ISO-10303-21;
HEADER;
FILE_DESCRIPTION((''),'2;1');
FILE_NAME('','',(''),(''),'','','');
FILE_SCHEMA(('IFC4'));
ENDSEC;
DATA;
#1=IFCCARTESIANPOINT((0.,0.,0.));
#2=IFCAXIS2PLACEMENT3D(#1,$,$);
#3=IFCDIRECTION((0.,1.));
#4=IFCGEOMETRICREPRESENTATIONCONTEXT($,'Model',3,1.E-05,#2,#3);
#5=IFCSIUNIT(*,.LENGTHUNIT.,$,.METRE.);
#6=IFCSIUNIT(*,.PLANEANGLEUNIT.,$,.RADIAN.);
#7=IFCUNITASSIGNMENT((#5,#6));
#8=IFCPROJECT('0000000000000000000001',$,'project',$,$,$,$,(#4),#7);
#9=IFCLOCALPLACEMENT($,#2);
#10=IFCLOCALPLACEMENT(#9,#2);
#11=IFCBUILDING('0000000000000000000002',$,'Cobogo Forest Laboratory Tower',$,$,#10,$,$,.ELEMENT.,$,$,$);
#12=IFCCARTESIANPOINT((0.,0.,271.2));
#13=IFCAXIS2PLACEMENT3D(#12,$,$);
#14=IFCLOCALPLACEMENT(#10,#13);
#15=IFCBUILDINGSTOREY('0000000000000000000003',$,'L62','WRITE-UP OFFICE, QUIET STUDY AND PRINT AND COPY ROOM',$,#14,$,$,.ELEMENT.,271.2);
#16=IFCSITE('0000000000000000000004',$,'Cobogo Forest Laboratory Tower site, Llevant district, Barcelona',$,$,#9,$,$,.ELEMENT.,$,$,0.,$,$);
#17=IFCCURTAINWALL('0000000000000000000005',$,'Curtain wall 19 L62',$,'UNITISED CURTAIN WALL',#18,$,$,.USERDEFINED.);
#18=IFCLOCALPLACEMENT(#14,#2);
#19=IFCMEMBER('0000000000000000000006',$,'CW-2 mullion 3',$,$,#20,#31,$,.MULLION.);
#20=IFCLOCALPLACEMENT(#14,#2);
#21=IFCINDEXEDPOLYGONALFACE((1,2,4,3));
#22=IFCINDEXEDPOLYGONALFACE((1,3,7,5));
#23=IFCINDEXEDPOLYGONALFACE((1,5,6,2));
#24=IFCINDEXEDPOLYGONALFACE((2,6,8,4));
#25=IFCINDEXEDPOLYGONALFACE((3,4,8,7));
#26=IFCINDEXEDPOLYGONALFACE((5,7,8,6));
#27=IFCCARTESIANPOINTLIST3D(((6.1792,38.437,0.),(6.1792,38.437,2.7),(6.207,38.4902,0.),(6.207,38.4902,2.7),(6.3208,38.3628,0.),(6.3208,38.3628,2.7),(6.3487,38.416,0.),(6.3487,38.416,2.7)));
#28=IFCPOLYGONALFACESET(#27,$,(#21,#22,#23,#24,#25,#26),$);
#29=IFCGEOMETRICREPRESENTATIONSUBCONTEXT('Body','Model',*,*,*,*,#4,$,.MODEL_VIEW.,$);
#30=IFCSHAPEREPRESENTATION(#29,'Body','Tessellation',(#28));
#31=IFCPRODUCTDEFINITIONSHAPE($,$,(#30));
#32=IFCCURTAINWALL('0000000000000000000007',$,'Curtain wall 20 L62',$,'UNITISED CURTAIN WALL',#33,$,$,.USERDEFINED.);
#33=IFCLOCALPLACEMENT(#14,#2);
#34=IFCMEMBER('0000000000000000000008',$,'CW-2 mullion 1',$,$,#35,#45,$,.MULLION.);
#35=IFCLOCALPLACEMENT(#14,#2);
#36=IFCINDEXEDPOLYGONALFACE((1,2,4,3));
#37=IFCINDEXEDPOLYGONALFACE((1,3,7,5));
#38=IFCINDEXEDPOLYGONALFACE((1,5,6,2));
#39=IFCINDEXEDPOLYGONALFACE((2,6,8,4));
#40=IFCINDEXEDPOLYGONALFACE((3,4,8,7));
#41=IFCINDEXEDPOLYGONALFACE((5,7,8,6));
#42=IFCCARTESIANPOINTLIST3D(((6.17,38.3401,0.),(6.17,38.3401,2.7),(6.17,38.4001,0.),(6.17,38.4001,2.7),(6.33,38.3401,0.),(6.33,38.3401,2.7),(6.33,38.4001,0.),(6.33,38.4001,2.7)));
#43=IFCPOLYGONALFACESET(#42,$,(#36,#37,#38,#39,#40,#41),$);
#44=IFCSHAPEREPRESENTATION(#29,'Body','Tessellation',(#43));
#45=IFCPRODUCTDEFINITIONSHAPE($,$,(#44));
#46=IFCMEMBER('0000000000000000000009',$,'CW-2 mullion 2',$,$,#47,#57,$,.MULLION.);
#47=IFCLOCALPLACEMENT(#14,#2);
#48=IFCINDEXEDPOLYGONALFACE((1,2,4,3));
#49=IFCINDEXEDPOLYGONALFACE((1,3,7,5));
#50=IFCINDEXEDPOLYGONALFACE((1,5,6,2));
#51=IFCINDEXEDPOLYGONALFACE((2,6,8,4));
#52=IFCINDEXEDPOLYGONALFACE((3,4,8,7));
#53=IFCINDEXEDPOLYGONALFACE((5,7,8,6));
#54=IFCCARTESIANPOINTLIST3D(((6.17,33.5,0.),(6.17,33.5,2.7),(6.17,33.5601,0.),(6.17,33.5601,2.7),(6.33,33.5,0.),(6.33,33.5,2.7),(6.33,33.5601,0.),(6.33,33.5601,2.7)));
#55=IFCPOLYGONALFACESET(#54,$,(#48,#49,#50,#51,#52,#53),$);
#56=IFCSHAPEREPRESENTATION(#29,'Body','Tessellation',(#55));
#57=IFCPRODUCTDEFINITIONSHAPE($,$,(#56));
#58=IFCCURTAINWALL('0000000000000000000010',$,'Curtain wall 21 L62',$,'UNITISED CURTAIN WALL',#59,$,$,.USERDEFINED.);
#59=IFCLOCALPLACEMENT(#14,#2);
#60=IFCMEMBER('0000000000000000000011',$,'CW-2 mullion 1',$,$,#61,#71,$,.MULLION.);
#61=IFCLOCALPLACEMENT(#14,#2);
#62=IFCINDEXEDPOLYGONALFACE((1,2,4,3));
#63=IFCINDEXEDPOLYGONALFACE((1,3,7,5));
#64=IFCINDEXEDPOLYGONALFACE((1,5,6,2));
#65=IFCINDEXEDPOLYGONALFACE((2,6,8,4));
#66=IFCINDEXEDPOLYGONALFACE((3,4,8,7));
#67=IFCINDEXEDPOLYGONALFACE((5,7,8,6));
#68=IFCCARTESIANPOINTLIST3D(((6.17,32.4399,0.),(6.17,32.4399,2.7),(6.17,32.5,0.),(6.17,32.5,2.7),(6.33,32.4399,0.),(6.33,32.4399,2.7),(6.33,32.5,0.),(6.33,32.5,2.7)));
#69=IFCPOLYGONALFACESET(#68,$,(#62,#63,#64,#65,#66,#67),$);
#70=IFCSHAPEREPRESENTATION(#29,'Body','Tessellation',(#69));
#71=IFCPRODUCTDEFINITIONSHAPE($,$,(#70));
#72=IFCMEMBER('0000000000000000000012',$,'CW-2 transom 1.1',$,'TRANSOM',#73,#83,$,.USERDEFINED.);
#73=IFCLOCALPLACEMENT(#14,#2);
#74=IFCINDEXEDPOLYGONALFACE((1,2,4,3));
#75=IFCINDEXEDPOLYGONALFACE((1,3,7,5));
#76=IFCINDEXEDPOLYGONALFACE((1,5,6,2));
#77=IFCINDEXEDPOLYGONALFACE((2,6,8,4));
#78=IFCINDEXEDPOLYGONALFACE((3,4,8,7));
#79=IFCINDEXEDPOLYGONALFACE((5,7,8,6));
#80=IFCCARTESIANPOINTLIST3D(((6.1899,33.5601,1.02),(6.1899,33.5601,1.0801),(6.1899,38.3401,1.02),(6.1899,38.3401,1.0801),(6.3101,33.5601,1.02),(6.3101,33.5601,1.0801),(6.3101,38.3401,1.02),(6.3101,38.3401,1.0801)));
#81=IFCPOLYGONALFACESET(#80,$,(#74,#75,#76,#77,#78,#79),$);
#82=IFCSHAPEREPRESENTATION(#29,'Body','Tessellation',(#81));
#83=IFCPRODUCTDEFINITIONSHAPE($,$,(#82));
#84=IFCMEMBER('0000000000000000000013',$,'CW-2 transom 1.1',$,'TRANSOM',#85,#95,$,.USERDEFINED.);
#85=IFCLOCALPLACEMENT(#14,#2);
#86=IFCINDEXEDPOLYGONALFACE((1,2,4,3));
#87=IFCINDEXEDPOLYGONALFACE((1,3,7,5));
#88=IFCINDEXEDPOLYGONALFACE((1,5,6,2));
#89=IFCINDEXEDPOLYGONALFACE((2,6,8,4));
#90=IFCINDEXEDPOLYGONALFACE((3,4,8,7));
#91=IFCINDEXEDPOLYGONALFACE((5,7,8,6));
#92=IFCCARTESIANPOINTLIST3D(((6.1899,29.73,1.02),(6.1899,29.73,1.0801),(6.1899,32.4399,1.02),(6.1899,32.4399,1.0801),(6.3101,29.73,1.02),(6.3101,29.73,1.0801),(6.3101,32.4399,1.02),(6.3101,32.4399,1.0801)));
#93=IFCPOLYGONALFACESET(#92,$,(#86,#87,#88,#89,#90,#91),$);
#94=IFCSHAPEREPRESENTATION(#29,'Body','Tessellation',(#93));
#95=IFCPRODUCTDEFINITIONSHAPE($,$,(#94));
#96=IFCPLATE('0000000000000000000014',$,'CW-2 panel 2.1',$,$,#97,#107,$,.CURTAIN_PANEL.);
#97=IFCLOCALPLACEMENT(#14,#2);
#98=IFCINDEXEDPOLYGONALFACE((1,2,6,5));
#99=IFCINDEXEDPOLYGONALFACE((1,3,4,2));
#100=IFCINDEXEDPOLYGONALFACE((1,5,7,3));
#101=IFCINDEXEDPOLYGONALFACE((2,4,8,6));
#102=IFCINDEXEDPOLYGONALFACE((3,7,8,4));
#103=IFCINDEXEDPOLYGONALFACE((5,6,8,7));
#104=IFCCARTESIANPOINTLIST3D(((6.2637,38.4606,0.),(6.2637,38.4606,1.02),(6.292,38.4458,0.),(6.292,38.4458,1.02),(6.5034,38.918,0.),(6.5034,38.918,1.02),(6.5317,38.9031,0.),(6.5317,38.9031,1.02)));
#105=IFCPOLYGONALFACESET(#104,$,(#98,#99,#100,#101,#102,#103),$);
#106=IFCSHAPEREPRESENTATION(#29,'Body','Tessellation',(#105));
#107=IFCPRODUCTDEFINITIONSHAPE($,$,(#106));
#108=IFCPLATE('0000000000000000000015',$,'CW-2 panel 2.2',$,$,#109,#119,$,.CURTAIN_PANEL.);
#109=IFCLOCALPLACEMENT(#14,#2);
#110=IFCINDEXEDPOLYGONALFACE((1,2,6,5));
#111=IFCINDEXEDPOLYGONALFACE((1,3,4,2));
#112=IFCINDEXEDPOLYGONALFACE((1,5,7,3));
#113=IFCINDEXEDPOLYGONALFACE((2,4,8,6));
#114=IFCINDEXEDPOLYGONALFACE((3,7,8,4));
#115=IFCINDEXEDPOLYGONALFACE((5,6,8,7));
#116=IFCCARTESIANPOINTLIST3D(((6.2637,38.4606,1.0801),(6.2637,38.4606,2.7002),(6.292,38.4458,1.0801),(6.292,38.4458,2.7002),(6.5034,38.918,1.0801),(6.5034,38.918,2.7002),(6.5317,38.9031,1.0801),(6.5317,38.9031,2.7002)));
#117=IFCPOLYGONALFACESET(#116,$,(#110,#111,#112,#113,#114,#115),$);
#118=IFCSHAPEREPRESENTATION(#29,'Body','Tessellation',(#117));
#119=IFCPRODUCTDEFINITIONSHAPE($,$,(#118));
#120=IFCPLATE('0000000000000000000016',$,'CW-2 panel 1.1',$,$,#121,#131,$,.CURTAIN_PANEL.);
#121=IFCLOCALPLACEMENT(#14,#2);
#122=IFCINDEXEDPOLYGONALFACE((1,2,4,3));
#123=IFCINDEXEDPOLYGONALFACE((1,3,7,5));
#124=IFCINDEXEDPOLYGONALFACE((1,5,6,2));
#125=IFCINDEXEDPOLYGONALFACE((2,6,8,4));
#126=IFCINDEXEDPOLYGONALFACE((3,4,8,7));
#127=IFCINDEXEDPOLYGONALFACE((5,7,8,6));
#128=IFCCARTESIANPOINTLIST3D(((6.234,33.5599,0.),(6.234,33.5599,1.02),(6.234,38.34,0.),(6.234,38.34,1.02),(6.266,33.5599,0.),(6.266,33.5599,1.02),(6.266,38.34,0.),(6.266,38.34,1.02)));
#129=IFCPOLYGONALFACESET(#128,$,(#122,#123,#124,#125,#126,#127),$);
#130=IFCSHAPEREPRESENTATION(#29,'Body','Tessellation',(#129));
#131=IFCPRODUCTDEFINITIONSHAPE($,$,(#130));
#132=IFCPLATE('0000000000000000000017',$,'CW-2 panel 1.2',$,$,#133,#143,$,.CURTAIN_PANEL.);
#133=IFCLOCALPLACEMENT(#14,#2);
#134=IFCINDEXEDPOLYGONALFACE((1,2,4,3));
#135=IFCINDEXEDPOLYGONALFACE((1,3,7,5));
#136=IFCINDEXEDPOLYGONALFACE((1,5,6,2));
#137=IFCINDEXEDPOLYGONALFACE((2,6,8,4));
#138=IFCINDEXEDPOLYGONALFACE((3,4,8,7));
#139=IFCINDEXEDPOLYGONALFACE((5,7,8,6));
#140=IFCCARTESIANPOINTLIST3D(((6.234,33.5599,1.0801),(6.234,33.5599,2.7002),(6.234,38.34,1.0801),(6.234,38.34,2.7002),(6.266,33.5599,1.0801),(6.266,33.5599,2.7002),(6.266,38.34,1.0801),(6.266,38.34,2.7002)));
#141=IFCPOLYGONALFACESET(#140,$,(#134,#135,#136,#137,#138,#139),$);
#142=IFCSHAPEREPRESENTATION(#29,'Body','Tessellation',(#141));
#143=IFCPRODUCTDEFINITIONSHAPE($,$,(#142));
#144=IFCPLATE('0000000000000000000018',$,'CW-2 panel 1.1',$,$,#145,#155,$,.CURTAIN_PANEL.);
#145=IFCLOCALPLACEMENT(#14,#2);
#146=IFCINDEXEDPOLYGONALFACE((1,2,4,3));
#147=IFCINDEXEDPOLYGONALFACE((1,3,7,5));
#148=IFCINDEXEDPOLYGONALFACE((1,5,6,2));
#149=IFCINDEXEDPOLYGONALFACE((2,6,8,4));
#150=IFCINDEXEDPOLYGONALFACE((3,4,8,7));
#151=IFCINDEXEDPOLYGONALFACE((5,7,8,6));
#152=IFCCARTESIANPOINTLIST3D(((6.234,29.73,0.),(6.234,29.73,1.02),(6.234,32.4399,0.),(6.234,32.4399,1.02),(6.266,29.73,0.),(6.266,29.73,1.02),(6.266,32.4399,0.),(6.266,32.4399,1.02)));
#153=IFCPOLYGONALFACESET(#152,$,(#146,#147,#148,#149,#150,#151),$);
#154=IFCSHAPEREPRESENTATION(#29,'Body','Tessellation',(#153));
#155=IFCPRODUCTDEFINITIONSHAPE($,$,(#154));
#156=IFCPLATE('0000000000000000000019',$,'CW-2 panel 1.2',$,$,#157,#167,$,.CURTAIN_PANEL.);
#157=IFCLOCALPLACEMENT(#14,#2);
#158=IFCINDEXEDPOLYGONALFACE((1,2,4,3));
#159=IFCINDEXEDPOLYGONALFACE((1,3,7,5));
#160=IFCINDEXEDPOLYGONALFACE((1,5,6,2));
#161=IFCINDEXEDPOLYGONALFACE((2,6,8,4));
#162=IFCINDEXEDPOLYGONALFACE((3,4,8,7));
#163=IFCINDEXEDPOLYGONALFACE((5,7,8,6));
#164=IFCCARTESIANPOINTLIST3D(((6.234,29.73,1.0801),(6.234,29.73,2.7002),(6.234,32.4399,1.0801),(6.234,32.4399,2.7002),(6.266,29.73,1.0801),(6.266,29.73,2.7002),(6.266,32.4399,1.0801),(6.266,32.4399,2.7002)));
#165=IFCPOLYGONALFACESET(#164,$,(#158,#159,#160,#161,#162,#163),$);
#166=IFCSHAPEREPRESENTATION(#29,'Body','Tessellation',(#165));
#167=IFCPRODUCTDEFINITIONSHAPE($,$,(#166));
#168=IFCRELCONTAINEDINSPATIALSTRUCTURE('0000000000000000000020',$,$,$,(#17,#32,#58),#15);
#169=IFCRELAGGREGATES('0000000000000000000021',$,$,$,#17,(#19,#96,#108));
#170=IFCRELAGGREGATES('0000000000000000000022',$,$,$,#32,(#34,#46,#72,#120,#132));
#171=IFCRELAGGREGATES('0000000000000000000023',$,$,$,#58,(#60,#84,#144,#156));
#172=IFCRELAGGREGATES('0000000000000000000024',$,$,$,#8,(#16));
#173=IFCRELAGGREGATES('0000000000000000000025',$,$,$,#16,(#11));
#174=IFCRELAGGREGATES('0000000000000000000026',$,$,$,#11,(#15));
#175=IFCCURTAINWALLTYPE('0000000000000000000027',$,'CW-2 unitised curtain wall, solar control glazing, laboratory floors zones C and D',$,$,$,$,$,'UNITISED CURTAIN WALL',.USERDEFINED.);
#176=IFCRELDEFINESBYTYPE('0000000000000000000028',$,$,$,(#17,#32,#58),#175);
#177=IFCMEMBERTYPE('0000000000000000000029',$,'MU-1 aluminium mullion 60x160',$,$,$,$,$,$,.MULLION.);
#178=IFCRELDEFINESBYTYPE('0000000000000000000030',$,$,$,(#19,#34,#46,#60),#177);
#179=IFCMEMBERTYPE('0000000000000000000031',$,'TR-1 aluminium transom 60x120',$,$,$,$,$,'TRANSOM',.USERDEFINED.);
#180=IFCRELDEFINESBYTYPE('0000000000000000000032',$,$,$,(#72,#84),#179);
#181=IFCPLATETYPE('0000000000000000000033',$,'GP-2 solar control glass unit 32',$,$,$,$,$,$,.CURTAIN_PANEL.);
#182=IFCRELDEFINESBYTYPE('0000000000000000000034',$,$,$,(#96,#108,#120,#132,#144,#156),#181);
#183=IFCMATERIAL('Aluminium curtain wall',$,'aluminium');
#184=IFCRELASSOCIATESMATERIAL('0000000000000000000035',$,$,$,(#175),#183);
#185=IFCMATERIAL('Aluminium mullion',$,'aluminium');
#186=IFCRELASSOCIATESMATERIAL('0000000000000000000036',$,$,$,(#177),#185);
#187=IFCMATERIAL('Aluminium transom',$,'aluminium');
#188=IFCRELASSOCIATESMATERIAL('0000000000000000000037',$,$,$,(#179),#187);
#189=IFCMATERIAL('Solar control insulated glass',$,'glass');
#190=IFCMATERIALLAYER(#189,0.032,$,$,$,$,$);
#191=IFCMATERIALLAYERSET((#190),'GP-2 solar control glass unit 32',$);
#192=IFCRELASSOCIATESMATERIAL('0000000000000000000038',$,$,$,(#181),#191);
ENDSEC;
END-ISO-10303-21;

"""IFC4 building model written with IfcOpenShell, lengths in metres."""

from ifc_helpers import new_model, si_unit, direction, frame, origin, origin_2d, place, context, subcontext, project, spatial, rectangle, extrude, material, layer, layer_set, material_profile, profile_set, type_object, element, aggregate, save


model = new_model("IFC4")

# Units and contexts
model_context = context("Model", 3, precision=1e-05, world=origin(), true_north=direction((0.0, 1.0)))
body_context = subcontext(model_context, "Body", "Model", "MODEL_VIEW")
ifc_project = project(units=[si_unit("LENGTHUNIT", "METRE"), si_unit("PLANEANGLEUNIT", "RADIAN")], contexts=[model_context])

# Site, building, storey
site_placement = place(None, origin())
site = spatial("IfcSite", under=ifc_project, at=site_placement, Name="Cobogo Forest Laboratory Tower site, Llevant district, Barcelona", CompositionType="ELEMENT", RefElevation=0.0)
building_placement = place(site_placement, origin())
building = spatial("IfcBuilding", under=site, at=building_placement, Name="Cobogo Forest Laboratory Tower", CompositionType="ELEMENT")
storey_placement = place(building_placement, frame((0.0, 0.0, 271.2)))
storey = spatial("IfcBuildingStorey", under=building, at=storey_placement, Name="L62", Description="WRITE-UP OFFICE, QUIET STUDY AND PRINT AND COPY ROOM", CompositionType="ELEMENT", Elevation=271.2)

# Curtain wall, member
ifc_material_1 = material(Name="Aluminium curtain wall", Category="aluminium")
curtain_wall_type = type_object("IfcCurtainWallType", Name="CW-2 unitised curtain wall, solar control glazing, laboratory floors zones C and D", ElementType="UNITISED CURTAIN WALL", PredefinedType="USERDEFINED", material=ifc_material_1)
curtain_wall_1_placement = place(storey_placement, origin())
curtain_wall_1 = element("IfcCurtainWall", 1, at=curtain_wall_1_placement, inside=storey, type_object=curtain_wall_type, Name="Curtain wall 19 L62", ObjectType="UNITISED CURTAIN WALL", PredefinedType="USERDEFINED")
ifc_material_2 = material(Name="Aluminium mullion", Category="aluminium")
ifc_material_profile_1 = material_profile(ifc_material_2, rectangle(XDim=0.0601, YDim=0.1599, at=origin_2d()), Name="AL 60x160")
ifc_profile_set_1 = profile_set([ifc_material_profile_1], Name="Aluminium mullion")
member_type_1 = type_object("IfcMemberType", Name="MU-1 aluminium mullion 60x160", PredefinedType="MULLION", material=ifc_profile_set_1)
member_1_placement = place(storey_placement, frame((6.2639, 38.4265, 0.0), z_axis=(0.0, 0.0, 1.0), x_axis=(-0.464284, -0.885686, 0.0)))
member_1 = element("IfcMember", 2, at=member_1_placement, type_object=member_type_1, Name="CW-2 mullion 3", PredefinedType="MULLION", context=body_context, shape_type="SweptSolid", body=[
    extrude(rectangle(XDim=0.0601, YDim=0.1599, at=origin_2d()), origin(), (0.0, 0.0, 1.0), 2.7),
])

# Curtain wall, members
curtain_wall_2_placement = place(storey_placement, origin())
curtain_wall_2 = element("IfcCurtainWall", 3, at=curtain_wall_2_placement, inside=storey, type_object=curtain_wall_type, Name="Curtain wall 20 L62", ObjectType="UNITISED CURTAIN WALL", PredefinedType="USERDEFINED")
member_2_placement = place(storey_placement, frame((6.25, 38.3701, 0.0), z_axis=(0.0, 0.0, 1.0), x_axis=(0.0, -1.0, 0.0)))
member_2 = element("IfcMember", 4, at=member_2_placement, type_object=member_type_1, Name="CW-2 mullion 1", PredefinedType="MULLION", context=body_context, shape_type="SweptSolid", body=[
    extrude(rectangle(XDim=0.0601, YDim=0.1599, at=origin_2d()), origin(), (0.0, 0.0, 1.0), 2.7),
])
member_3_placement = place(storey_placement, frame((6.25, 33.53, 0.0), z_axis=(0.0, 0.0, 1.0), x_axis=(0.0, -1.0, 0.0)))
member_3 = element("IfcMember", 5, at=member_3_placement, type_object=member_type_1, Name="CW-2 mullion 2", PredefinedType="MULLION", context=body_context, shape_type="SweptSolid", body=[
    extrude(rectangle(XDim=0.0601, YDim=0.1599, at=origin_2d()), origin(), (0.0, 0.0, 1.0), 2.7),
])

# Curtain wall, member
curtain_wall_3_placement = place(storey_placement, origin())
curtain_wall_3 = element("IfcCurtainWall", 6, at=curtain_wall_3_placement, inside=storey, type_object=curtain_wall_type, Name="Curtain wall 21 L62", ObjectType="UNITISED CURTAIN WALL", PredefinedType="USERDEFINED")
member_4_placement = place(storey_placement, frame((6.25, 32.47, 0.0), z_axis=(0.0, 0.0, 1.0), x_axis=(0.0, -1.0, 0.0)))
member_4 = element("IfcMember", 7, at=member_4_placement, type_object=member_type_1, Name="CW-2 mullion 1", PredefinedType="MULLION", context=body_context, shape_type="SweptSolid", body=[
    extrude(rectangle(XDim=0.0601, YDim=0.1599, at=origin_2d()), origin(), (0.0, 0.0, 1.0), 2.7),
])

# Members
ifc_material_3 = material(Name="Aluminium transom", Category="aluminium")
ifc_material_profile_2 = material_profile(ifc_material_3, rectangle(XDim=0.1201, YDim=0.0601, at=origin_2d()), Name="AL 60x120")
ifc_profile_set_2 = profile_set([ifc_material_profile_2], Name="Aluminium transom")
member_type_2 = type_object("IfcMemberType", Name="TR-1 aluminium transom 60x120", ElementType="TRANSOM", PredefinedType="USERDEFINED", material=ifc_profile_set_2)
member_5_placement = place(storey_placement, frame((6.25, 38.3401, 1.05), z_axis=(0.0, -1.0, 0.0), x_axis=(1.0, 0.0, 0.0)))
member_5 = element("IfcMember", 8, at=member_5_placement, type_object=member_type_2, Name="CW-2 transom 1.1", ObjectType="TRANSOM", PredefinedType="USERDEFINED", context=body_context, shape_type="SweptSolid", body=[
    extrude(rectangle(XDim=0.1201, YDim=0.0601, at=origin_2d()), origin(), (0.0, 0.0, 1.0), 4.78),
])
member_6_placement = place(storey_placement, frame((6.25, 32.4399, 1.05), z_axis=(0.0, -1.0, 0.0), x_axis=(1.0, 0.0, 0.0)))
member_6 = element("IfcMember", 9, at=member_6_placement, type_object=member_type_2, Name="CW-2 transom 1.1", ObjectType="TRANSOM", PredefinedType="USERDEFINED", context=body_context, shape_type="SweptSolid", body=[
    extrude(rectangle(XDim=0.1201, YDim=0.0601, at=origin_2d()), origin(), (0.0, 0.0, 1.0), 2.71),
])

# Plates
ifc_material_4 = material(Name="Solar control insulated glass", Category="glass")
ifc_layer = layer(ifc_material_4, 0.032)
ifc_layer_set = layer_set([ifc_layer], Name="GP-2 solar control glass unit 32")
plate_type = type_object("IfcPlateType", Name="GP-2 solar control glass unit 32", PredefinedType="CURTAIN_PANEL", material=ifc_layer_set)
plate_1_placement = place(storey_placement, frame((6.3977, 38.6819, 0.0), z_axis=(0.0, 0.0, 1.0), x_axis=(-0.464284, -0.885686, 0.0)))
plate_1 = element("IfcPlate", 10, at=plate_1_placement, type_object=plate_type, Name="CW-2 panel 2.1", PredefinedType="CURTAIN_PANEL", context=body_context, shape_type="SweptSolid", body=[
    extrude(rectangle(XDim=0.5164, YDim=0.032, at=origin_2d()), origin(), (0.0, 0.0, 1.0), 1.02),
])
plate_2_placement = place(storey_placement, frame((6.3977, 38.6819, 1.0801), z_axis=(0.0, 0.0, 1.0), x_axis=(-0.464284, -0.885686, 0.0)))
plate_2 = element("IfcPlate", 11, at=plate_2_placement, type_object=plate_type, Name="CW-2 panel 2.2", PredefinedType="CURTAIN_PANEL", context=body_context, shape_type="SweptSolid", body=[
    extrude(rectangle(XDim=0.5164, YDim=0.032, at=origin_2d()), origin(), (0.0, 0.0, 1.0), 1.6201),
])
aggregate(curtain_wall_1, [member_1, plate_1, plate_2])
plate_3_placement = place(storey_placement, frame((6.25, 35.95, 0.0), z_axis=(0.0, 0.0, 1.0), x_axis=(0.0, -1.0, 0.0)))
plate_3 = element("IfcPlate", 12, at=plate_3_placement, type_object=plate_type, Name="CW-2 panel 1.1", PredefinedType="CURTAIN_PANEL", context=body_context, shape_type="SweptSolid", body=[
    extrude(rectangle(XDim=4.78, YDim=0.032, at=origin_2d()), origin(), (0.0, 0.0, 1.0), 1.02),
])
plate_4_placement = place(storey_placement, frame((6.25, 35.95, 1.0801), z_axis=(0.0, 0.0, 1.0), x_axis=(0.0, -1.0, 0.0)))
plate_4 = element("IfcPlate", 13, at=plate_4_placement, type_object=plate_type, Name="CW-2 panel 1.2", PredefinedType="CURTAIN_PANEL", context=body_context, shape_type="SweptSolid", body=[
    extrude(rectangle(XDim=4.78, YDim=0.032, at=origin_2d()), origin(), (0.0, 0.0, 1.0), 1.6201),
])
aggregate(curtain_wall_2, [member_2, member_3, member_5, plate_3, plate_4])
plate_5_placement = place(storey_placement, frame((6.25, 31.085, 0.0), z_axis=(0.0, 0.0, 1.0), x_axis=(0.0, -1.0, 0.0)))
plate_5 = element("IfcPlate", 14, at=plate_5_placement, type_object=plate_type, Name="CW-2 panel 1.1", PredefinedType="CURTAIN_PANEL", context=body_context, shape_type="SweptSolid", body=[
    extrude(rectangle(XDim=2.71, YDim=0.032, at=origin_2d()), origin(), (0.0, 0.0, 1.0), 1.02),
])
plate_6_placement = place(storey_placement, frame((6.25, 31.085, 1.0801), z_axis=(0.0, 0.0, 1.0), x_axis=(0.0, -1.0, 0.0)))
plate_6 = element("IfcPlate", 15, at=plate_6_placement, type_object=plate_type, Name="CW-2 panel 1.2", PredefinedType="CURTAIN_PANEL", context=body_context, shape_type="SweptSolid", body=[
    extrude(rectangle(XDim=2.71, YDim=0.032, at=origin_2d()), origin(), (0.0, 0.0, 1.0), 1.6201),
])
aggregate(curtain_wall_3, [member_4, member_6, plate_5, plate_6])

save(model, "model.ifc")
